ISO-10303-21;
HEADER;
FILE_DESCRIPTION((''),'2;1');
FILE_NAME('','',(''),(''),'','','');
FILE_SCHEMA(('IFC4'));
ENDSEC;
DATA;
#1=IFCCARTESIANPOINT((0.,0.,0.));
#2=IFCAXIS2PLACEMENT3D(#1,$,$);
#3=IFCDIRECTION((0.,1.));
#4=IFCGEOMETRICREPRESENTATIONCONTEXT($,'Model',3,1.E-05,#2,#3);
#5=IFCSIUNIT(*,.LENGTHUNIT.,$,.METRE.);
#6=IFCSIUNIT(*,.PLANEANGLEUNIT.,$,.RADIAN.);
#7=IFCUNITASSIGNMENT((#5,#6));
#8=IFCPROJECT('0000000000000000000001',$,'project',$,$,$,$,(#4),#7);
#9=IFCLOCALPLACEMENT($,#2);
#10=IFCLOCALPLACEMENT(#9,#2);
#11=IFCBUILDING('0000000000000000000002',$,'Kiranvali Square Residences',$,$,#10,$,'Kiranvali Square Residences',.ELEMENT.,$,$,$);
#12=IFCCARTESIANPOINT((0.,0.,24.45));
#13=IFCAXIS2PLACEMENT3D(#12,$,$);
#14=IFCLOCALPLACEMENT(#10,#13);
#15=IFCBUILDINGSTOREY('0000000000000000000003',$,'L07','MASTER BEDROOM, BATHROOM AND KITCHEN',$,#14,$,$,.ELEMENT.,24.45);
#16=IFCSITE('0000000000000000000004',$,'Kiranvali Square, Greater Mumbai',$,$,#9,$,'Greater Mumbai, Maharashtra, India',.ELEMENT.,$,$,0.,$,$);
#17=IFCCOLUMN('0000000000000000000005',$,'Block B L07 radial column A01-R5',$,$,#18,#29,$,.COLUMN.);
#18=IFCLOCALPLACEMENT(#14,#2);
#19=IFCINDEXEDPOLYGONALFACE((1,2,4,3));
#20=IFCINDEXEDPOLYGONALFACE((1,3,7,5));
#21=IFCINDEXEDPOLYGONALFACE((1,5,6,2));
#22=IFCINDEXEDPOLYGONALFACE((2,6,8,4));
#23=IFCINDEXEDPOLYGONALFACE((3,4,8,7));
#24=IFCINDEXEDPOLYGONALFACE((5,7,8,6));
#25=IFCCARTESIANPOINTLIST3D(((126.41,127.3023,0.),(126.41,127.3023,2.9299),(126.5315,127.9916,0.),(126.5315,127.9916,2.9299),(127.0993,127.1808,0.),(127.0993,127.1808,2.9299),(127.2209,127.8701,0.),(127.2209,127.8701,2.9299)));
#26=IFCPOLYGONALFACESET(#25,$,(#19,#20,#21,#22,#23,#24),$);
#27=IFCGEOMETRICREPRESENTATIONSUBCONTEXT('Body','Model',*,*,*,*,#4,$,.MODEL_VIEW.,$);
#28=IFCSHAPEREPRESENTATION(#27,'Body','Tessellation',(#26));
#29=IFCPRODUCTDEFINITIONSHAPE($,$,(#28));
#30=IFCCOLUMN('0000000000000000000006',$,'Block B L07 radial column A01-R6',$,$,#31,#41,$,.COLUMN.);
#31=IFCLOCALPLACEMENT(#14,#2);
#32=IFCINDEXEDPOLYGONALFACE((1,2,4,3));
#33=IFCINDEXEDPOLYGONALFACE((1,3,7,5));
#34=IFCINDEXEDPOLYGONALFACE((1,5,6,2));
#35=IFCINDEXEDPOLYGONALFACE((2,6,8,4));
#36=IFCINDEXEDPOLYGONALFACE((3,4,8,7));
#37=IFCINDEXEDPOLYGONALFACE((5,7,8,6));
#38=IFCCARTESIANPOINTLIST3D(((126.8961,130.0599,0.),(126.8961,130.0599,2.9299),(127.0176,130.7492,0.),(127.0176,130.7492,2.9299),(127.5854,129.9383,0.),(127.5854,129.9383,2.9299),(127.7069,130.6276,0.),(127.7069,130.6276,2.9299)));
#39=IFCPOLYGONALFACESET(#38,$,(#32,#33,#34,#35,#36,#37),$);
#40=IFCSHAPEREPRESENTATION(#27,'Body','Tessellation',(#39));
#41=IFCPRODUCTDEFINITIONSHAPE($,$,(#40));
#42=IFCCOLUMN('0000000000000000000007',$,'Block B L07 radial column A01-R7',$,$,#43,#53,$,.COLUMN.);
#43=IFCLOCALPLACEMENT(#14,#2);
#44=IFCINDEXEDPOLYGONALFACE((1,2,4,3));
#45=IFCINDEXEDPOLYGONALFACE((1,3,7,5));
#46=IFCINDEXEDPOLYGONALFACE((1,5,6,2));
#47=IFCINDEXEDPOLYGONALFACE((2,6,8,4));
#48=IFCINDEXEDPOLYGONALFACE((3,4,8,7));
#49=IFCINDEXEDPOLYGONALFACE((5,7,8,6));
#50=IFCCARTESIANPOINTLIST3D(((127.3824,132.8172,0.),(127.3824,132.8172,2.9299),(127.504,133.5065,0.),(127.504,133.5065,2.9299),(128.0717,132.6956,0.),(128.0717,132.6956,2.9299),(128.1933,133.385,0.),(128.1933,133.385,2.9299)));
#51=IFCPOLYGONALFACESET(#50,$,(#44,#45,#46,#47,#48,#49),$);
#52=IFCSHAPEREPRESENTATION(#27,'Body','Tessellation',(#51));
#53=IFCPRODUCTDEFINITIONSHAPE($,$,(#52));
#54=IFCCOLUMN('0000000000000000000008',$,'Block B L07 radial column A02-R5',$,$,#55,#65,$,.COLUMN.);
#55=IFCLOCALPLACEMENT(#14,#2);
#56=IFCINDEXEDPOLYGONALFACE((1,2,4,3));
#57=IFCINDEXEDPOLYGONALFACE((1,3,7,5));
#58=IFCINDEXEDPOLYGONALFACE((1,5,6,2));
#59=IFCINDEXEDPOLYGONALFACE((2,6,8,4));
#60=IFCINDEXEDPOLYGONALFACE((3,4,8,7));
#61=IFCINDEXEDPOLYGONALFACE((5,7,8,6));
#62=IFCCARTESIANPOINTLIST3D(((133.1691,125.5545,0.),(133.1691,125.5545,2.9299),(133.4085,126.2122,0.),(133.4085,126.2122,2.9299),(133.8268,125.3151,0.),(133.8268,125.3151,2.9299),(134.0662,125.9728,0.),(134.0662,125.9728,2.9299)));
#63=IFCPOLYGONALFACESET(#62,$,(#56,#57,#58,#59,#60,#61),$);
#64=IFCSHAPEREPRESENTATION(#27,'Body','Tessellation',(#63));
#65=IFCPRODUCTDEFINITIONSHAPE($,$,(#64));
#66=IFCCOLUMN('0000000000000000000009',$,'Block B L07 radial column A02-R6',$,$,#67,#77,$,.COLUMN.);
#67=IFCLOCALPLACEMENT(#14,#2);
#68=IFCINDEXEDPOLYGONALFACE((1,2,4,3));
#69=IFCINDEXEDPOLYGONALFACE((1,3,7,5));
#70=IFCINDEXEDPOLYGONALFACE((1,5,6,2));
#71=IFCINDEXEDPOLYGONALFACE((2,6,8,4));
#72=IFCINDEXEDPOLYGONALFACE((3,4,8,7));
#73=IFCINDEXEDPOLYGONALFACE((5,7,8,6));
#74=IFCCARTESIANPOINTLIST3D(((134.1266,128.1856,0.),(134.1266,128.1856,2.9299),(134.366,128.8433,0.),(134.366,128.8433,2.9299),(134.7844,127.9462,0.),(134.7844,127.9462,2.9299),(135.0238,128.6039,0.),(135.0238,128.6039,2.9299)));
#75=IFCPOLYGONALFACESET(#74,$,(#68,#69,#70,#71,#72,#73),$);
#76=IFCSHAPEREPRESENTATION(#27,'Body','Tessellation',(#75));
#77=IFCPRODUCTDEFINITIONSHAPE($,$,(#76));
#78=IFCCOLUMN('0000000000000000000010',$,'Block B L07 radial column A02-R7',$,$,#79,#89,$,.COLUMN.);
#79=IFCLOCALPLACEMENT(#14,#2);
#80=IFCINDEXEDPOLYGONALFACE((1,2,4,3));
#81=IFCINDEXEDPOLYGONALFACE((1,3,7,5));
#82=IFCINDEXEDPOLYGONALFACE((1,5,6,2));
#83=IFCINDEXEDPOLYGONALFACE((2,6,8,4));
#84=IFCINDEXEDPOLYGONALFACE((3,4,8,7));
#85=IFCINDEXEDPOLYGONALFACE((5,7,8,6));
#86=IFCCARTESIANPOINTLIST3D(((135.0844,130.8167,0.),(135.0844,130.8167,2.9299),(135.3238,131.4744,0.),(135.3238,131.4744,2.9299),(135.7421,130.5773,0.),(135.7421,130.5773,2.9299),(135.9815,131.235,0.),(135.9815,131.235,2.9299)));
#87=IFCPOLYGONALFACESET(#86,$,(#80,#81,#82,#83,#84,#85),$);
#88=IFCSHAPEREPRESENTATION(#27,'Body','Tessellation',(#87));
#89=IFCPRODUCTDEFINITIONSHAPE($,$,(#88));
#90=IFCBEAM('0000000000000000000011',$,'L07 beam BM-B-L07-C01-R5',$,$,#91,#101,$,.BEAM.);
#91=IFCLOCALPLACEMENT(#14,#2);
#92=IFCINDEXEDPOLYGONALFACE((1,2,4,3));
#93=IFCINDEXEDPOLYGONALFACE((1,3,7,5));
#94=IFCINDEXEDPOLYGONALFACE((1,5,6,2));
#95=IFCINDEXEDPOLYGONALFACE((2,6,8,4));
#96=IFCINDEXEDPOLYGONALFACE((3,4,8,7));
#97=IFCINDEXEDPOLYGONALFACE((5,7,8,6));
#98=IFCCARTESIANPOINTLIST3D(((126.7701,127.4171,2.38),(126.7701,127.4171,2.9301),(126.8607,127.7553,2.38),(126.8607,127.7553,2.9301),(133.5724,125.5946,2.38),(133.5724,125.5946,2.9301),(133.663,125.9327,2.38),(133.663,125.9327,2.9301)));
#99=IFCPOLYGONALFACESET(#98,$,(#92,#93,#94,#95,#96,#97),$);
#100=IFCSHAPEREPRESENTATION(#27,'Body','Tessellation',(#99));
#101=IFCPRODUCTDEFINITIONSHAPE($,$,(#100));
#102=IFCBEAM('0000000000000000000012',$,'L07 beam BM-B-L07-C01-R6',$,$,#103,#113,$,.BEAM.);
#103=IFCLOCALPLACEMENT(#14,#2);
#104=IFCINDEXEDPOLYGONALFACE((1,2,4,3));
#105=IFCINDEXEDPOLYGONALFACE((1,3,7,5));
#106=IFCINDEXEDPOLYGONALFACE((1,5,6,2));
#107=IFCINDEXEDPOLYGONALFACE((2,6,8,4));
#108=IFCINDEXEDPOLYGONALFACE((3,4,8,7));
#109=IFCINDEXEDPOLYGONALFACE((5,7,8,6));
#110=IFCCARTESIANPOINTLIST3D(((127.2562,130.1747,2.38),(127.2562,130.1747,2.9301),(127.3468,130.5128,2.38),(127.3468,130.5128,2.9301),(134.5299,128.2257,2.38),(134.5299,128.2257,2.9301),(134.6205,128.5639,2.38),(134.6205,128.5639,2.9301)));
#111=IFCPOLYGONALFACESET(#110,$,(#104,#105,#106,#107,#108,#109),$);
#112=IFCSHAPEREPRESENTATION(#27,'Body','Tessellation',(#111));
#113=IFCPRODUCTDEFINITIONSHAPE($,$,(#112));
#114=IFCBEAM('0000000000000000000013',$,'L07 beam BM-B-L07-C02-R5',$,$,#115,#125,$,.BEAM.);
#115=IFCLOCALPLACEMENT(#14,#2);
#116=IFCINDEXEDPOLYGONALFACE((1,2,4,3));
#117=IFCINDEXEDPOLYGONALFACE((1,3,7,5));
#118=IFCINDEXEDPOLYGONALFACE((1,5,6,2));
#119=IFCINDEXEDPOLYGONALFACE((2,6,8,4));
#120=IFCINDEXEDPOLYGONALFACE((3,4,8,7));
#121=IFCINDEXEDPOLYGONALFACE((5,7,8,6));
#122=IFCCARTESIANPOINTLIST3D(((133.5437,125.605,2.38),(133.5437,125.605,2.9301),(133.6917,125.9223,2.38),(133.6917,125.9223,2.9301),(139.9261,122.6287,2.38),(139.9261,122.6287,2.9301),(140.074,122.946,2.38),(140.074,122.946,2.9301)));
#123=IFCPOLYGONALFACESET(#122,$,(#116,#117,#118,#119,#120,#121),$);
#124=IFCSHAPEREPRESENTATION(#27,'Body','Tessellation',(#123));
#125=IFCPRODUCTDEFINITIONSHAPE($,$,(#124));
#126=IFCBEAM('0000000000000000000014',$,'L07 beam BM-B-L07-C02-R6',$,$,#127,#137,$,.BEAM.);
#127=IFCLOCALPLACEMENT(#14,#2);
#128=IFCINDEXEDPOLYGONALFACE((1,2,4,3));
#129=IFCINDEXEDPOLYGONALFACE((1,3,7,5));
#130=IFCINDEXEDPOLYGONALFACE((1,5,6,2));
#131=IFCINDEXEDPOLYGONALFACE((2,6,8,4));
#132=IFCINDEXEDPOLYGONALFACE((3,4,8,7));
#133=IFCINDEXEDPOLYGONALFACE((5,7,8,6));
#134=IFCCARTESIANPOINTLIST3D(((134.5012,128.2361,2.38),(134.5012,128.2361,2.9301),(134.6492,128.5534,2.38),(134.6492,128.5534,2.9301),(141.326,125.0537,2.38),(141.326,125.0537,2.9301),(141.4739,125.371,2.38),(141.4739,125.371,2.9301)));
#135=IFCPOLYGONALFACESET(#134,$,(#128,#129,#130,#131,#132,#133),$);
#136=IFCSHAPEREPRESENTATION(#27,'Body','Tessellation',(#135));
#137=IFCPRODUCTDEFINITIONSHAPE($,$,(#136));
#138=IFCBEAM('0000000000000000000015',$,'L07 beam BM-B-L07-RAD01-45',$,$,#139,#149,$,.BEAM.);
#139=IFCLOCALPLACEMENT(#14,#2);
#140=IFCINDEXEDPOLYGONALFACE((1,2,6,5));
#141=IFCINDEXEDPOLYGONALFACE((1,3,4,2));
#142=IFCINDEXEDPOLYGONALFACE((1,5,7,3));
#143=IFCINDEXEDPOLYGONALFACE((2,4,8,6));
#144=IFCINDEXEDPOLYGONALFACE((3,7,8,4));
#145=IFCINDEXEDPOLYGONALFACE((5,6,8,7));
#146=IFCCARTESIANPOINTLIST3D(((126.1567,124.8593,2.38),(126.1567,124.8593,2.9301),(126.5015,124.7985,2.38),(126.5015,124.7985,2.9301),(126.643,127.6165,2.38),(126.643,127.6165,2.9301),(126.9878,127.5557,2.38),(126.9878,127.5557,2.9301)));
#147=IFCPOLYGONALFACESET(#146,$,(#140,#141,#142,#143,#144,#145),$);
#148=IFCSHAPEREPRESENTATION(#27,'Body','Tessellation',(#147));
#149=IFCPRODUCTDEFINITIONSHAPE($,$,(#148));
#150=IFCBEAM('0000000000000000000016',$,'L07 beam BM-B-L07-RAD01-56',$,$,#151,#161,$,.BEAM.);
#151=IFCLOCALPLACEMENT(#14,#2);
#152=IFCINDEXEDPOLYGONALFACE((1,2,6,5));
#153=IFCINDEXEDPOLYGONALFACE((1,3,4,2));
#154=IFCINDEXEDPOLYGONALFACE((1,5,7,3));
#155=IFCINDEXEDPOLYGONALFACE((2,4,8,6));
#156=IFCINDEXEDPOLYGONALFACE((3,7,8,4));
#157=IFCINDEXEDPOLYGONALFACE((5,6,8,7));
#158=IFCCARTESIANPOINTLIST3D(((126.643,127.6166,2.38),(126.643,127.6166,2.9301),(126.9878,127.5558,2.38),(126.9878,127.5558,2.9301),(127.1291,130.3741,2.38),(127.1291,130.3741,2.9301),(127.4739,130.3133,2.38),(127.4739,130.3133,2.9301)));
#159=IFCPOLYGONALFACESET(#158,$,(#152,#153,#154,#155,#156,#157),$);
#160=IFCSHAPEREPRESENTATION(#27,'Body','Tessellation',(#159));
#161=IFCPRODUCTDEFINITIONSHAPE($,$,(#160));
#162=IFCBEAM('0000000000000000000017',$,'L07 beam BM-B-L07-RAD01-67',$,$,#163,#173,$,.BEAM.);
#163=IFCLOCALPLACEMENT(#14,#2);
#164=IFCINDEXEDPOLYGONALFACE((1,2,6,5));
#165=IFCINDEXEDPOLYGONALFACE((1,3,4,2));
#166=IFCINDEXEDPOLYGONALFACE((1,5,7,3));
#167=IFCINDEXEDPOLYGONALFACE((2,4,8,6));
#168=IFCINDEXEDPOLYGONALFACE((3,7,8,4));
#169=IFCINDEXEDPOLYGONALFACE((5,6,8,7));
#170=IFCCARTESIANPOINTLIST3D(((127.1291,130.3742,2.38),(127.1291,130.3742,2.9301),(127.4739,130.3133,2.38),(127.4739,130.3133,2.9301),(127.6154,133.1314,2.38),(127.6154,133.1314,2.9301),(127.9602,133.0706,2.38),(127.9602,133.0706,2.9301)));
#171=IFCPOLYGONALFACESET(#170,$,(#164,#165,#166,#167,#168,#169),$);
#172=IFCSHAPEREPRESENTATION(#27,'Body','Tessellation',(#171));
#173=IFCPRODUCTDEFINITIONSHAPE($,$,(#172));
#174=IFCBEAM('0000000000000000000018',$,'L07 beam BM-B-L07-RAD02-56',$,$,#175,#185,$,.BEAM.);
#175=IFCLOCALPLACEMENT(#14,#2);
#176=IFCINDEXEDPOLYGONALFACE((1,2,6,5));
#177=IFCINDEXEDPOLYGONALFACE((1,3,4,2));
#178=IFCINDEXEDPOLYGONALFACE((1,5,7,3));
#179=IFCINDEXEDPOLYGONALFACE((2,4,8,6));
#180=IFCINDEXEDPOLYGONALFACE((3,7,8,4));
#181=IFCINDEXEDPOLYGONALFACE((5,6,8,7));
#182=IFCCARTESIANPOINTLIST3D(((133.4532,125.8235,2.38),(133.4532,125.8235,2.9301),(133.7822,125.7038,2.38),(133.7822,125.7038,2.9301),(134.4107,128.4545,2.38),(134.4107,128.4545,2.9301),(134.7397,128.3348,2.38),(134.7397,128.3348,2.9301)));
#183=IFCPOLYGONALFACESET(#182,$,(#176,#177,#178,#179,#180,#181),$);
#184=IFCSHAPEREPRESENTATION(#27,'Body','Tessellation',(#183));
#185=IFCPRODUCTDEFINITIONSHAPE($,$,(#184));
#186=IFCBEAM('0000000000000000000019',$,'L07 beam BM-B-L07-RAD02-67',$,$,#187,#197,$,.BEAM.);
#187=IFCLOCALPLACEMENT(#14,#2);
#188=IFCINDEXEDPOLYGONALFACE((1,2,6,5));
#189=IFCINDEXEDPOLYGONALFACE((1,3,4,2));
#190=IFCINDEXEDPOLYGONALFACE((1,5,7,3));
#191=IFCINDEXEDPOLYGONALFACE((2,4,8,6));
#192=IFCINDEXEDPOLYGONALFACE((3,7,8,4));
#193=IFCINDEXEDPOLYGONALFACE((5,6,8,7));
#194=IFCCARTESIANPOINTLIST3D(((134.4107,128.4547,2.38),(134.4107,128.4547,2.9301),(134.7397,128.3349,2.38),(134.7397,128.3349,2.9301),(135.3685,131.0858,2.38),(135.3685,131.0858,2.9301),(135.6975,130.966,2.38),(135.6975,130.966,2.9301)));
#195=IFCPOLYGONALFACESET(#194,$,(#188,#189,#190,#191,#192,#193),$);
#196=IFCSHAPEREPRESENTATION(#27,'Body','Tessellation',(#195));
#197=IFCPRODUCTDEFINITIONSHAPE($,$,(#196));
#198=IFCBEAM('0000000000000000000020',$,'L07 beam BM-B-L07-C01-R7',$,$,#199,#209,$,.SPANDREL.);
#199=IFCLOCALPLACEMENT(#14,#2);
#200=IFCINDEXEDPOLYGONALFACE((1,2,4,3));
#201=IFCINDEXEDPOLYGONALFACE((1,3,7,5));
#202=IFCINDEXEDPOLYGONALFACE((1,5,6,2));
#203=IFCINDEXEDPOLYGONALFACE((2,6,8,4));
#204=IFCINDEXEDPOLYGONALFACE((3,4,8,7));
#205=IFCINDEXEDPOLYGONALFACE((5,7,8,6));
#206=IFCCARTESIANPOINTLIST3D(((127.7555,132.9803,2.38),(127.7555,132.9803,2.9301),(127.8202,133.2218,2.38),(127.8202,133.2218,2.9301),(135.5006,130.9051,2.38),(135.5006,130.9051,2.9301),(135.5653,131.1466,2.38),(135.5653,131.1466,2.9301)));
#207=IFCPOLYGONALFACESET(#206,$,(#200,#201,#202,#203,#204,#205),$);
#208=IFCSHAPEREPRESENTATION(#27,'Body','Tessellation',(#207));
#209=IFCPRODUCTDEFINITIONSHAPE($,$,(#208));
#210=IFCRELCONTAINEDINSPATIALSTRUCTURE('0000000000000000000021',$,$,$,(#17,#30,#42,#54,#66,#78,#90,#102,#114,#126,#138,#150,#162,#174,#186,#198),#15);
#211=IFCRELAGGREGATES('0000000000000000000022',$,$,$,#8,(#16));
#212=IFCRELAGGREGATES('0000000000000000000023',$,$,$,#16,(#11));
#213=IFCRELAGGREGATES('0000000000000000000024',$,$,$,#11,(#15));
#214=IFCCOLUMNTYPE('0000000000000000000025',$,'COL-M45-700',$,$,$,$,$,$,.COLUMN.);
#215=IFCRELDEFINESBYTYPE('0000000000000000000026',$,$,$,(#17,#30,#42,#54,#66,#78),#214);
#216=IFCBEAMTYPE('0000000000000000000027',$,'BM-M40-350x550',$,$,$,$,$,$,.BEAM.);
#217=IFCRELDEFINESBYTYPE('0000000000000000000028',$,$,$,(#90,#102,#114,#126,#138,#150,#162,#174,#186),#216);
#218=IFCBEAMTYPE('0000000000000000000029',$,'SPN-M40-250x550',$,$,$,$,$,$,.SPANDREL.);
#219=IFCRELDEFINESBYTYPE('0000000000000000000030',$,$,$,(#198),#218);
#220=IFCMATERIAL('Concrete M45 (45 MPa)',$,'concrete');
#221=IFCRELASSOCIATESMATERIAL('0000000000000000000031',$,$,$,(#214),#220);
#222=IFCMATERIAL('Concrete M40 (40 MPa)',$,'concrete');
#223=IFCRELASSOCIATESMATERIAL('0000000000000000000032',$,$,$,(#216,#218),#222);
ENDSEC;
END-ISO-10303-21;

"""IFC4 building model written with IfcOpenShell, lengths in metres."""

from ifc_helpers import new_model, si_unit, direction, frame, origin, origin_2d, place, context, subcontext, project, spatial, rectangle, extrude, material, material_profile, profile_set, type_object, element, save


model = new_model("IFC4")

# Units and contexts
model_context = context("Model", 3, precision=1e-05, world=origin(), true_north=direction((0.0, 1.0)))
body_context = subcontext(model_context, "Body", "Model", "MODEL_VIEW")
ifc_project = project(units=[si_unit("LENGTHUNIT", "METRE"), si_unit("PLANEANGLEUNIT", "RADIAN")], contexts=[model_context])

# Site, building, storey
site_placement = place(None, origin())
site = spatial("IfcSite", under=ifc_project, at=site_placement, Name="Kiranvali Square, Greater Mumbai", LongName="Greater Mumbai, Maharashtra, India", CompositionType="ELEMENT", RefElevation=0.0)
building_placement = place(site_placement, origin())
building = spatial("IfcBuilding", under=site, at=building_placement, Name="Kiranvali Square Residences", LongName="Kiranvali Square Residences", CompositionType="ELEMENT")
storey_placement = place(building_placement, frame((0.0, 0.0, 24.45)))
storey = spatial("IfcBuildingStorey", under=building, at=storey_placement, Name="L07", Description="MASTER BEDROOM, BATHROOM AND KITCHEN", CompositionType="ELEMENT", Elevation=24.45)

# Columns
ifc_material_1 = material(Name="Concrete M45 (45 MPa)", Category="concrete")
ifc_material_profile_1 = material_profile(ifc_material_1, rectangle(XDim=0.7, YDim=0.7, at=origin_2d()), Name="RC 700x700")
ifc_profile_set_1 = profile_set([ifc_material_profile_1], Name="Concrete M45 (45 MPa)")
column_type = type_object("IfcColumnType", Name="COL-M45-700", PredefinedType="COLUMN", material=ifc_profile_set_1)
for number, where, z_axis, x_axis, name in (
    (1, (126.8154, 127.5862, 0.0), (0.0, 0.0, 1.0), (-0.984808, 0.173648, 0.0), "Block B L07 radial column A01-R5"),
    (2, (127.3015, 130.3438, 0.0), (0.0, 0.0, 1.0), (-0.984808, 0.173648, 0.0), "Block B L07 radial column A01-R6"),
    (3, (127.7878, 133.1011, 0.0), (0.0, 0.0, 1.0), (-0.984808, 0.173648, 0.0), "Block B L07 radial column A01-R7"),
    (4, (133.6177, 125.7637, 0.0), (0.0, 0.0, 1.0), (-0.939693, 0.34202, 0.0), "Block B L07 radial column A02-R5"),
    (5, (134.5752, 128.3948, 0.0), (0.0, 0.0, 1.0), (-0.939693, 0.34202, 0.0), "Block B L07 radial column A02-R6"),
    (6, (135.533, 131.0259, 0.0), (0.0, 0.0, 1.0), (-0.939693, 0.34202, 0.0), "Block B L07 radial column A02-R7"),
):
    element("IfcColumn", number, at=place(storey_placement, frame(where, z_axis=z_axis, x_axis=x_axis)), inside=storey, type_object=column_type, Name=name, PredefinedType="COLUMN", context=body_context, shape_type="SweptSolid", body=[
        extrude(rectangle(XDim=0.7, YDim=0.7, at=origin_2d()), origin(), (0.0, 0.0, 1.0), 2.9299),
    ])

# Beams
ifc_material_2 = material(Name="Concrete M40 (40 MPa)", Category="concrete")
ifc_material_profile_2 = material_profile(ifc_material_2, rectangle(XDim=0.3501, YDim=0.55, at=origin_2d()), Name="RC 350x550")
ifc_profile_set_2 = profile_set([ifc_material_profile_2], Name="Concrete M40 (40 MPa)")
beam_type_1 = type_object("IfcBeamType", Name="BM-M40-350x550", PredefinedType="BEAM", material=ifc_profile_set_2)
beam_1_placement = place(storey_placement, frame((126.8154, 127.5862, 2.655), z_axis=(0.965931, -0.2588, 0.0), x_axis=(0.2588, 0.965931, 0.0)))
element("IfcBeam", 7, at=beam_1_placement, inside=storey, type_object=beam_type_1, Name="L07 beam BM-B-L07-C01-R5", PredefinedType="BEAM", context=body_context, shape_type="SweptSolid", body=[
    extrude(rectangle(XDim=0.3501, YDim=0.55, at=origin_2d()), origin(), (0.0, 0.0, 1.0), 7.0422),
])
beam_2_placement = place(storey_placement, frame((127.3015, 130.3438, 2.655), z_axis=(0.965926, -0.258819, 0.0), x_axis=(0.258819, 0.965926, 0.0)))
element("IfcBeam", 8, at=beam_2_placement, inside=storey, type_object=beam_type_1, Name="L07 beam BM-B-L07-C01-R6", PredefinedType="BEAM", context=body_context, shape_type="SweptSolid", body=[
    extrude(rectangle(XDim=0.3501, YDim=0.55, at=origin_2d()), origin(), (0.0, 0.0, 1.0), 7.5303),
])
beam_3_placement = place(storey_placement, frame((133.6177, 125.7637, 2.655), z_axis=(0.906297, -0.422641, 0.0), x_axis=(0.422641, 0.906297, 0.0)))
element("IfcBeam", 9, at=beam_3_placement, inside=storey, type_object=beam_type_1, Name="L07 beam BM-B-L07-C02-R5", PredefinedType="BEAM", context=body_context, shape_type="SweptSolid", body=[
    extrude(rectangle(XDim=0.3501, YDim=0.55, at=origin_2d()), origin(), (0.0, 0.0, 1.0), 7.0422),
])
beam_4_placement = place(storey_placement, frame((134.5752, 128.3948, 2.655), z_axis=(0.90631, -0.422614, 0.0), x_axis=(0.422614, 0.90631, 0.0)))
element("IfcBeam", 10, at=beam_4_placement, inside=storey, type_object=beam_type_1, Name="L07 beam BM-B-L07-C02-R6", PredefinedType="BEAM", context=body_context, shape_type="SweptSolid", body=[
    extrude(rectangle(XDim=0.3501, YDim=0.55, at=origin_2d()), origin(), (0.0, 0.0, 1.0), 7.5303),
])
beam_5_placement = place(storey_placement, frame((126.3291, 124.8289, 2.655), z_axis=(0.173696, 0.984799, 0.0), x_axis=(-0.984799, 0.173696, 0.0)))
element("IfcBeam", 11, at=beam_5_placement, inside=storey, type_object=beam_type_1, Name="L07 beam BM-B-L07-RAD01-45", PredefinedType="BEAM", context=body_context, shape_type="SweptSolid", body=[
    extrude(rectangle(XDim=0.3501, YDim=0.55, at=origin_2d()), origin(), (0.0, 0.0, 1.0), 2.7998),
])
beam_6_placement = place(storey_placement, frame((126.8154, 127.5862, 2.655), z_axis=(0.173596, 0.984817, 0.0), x_axis=(-0.984817, 0.173596, 0.0)))
element("IfcBeam", 12, at=beam_6_placement, inside=storey, type_object=beam_type_1, Name="L07 beam BM-B-L07-RAD01-56", PredefinedType="BEAM", context=body_context, shape_type="SweptSolid", body=[
    extrude(rectangle(XDim=0.3501, YDim=0.55, at=origin_2d()), origin(), (0.0, 0.0, 1.0), 2.8),
])
for number, where, z_axis, x_axis, name in (
    (13, (127.3015, 130.3438, 2.655), (0.173696, 0.984799, 0.0), (-0.984799, 0.173696, 0.0), "L07 beam BM-B-L07-RAD01-67"),
    (14, (133.6177, 125.7637, 2.655), (0.341981, 0.939707, 0.0), (-0.939707, 0.341981, 0.0), "L07 beam BM-B-L07-RAD02-56"),
):
    element("IfcBeam", number, at=place(storey_placement, frame(where, z_axis=z_axis, x_axis=x_axis)), inside=storey, type_object=beam_type_1, Name=name, PredefinedType="BEAM", context=body_context, shape_type="SweptSolid", body=[
        extrude(rectangle(XDim=0.3501, YDim=0.55, at=origin_2d()), origin(), (0.0, 0.0, 1.0), 2.7998),
    ])
beam_7_placement = place(storey_placement, frame((134.5752, 128.3948, 2.655), z_axis=(0.342058, 0.939679, 0.0), x_axis=(-0.939679, 0.342058, 0.0)))
element("IfcBeam", 15, at=beam_7_placement, inside=storey, type_object=beam_type_1, Name="L07 beam BM-B-L07-RAD02-67", PredefinedType="BEAM", context=body_context, shape_type="SweptSolid", body=[
    extrude(rectangle(XDim=0.3501, YDim=0.55, at=origin_2d()), origin(), (0.0, 0.0, 1.0), 2.8),
])
ifc_material_profile_3 = material_profile(ifc_material_2, rectangle(XDim=0.25, YDim=0.55, at=origin_2d()), Name="RC 250x550")
ifc_profile_set_3 = profile_set([ifc_material_profile_3], Name="Concrete M40 (40 MPa)")
beam_type_2 = type_object("IfcBeamType", Name="SPN-M40-250x550", PredefinedType="SPANDREL", material=ifc_profile_set_3)
for number, where, z_axis, x_axis, name in (
    (16, (127.7878, 133.1011, 2.655), (0.965929, -0.258807, 0.0), (0.258807, 0.965929, 0.0), "L07 beam BM-B-L07-C01-R7"),
):
    element("IfcBeam", number, at=place(storey_placement, frame(where, z_axis=z_axis, x_axis=x_axis)), inside=storey, type_object=beam_type_2, Name=name, PredefinedType="SPANDREL", context=body_context, shape_type="SweptSolid", body=[
        extrude(rectangle(XDim=0.25, YDim=0.55, at=origin_2d()), origin(), (0.0, 0.0, 1.0), 8.0183),
    ])

save(model, "model.ifc")
